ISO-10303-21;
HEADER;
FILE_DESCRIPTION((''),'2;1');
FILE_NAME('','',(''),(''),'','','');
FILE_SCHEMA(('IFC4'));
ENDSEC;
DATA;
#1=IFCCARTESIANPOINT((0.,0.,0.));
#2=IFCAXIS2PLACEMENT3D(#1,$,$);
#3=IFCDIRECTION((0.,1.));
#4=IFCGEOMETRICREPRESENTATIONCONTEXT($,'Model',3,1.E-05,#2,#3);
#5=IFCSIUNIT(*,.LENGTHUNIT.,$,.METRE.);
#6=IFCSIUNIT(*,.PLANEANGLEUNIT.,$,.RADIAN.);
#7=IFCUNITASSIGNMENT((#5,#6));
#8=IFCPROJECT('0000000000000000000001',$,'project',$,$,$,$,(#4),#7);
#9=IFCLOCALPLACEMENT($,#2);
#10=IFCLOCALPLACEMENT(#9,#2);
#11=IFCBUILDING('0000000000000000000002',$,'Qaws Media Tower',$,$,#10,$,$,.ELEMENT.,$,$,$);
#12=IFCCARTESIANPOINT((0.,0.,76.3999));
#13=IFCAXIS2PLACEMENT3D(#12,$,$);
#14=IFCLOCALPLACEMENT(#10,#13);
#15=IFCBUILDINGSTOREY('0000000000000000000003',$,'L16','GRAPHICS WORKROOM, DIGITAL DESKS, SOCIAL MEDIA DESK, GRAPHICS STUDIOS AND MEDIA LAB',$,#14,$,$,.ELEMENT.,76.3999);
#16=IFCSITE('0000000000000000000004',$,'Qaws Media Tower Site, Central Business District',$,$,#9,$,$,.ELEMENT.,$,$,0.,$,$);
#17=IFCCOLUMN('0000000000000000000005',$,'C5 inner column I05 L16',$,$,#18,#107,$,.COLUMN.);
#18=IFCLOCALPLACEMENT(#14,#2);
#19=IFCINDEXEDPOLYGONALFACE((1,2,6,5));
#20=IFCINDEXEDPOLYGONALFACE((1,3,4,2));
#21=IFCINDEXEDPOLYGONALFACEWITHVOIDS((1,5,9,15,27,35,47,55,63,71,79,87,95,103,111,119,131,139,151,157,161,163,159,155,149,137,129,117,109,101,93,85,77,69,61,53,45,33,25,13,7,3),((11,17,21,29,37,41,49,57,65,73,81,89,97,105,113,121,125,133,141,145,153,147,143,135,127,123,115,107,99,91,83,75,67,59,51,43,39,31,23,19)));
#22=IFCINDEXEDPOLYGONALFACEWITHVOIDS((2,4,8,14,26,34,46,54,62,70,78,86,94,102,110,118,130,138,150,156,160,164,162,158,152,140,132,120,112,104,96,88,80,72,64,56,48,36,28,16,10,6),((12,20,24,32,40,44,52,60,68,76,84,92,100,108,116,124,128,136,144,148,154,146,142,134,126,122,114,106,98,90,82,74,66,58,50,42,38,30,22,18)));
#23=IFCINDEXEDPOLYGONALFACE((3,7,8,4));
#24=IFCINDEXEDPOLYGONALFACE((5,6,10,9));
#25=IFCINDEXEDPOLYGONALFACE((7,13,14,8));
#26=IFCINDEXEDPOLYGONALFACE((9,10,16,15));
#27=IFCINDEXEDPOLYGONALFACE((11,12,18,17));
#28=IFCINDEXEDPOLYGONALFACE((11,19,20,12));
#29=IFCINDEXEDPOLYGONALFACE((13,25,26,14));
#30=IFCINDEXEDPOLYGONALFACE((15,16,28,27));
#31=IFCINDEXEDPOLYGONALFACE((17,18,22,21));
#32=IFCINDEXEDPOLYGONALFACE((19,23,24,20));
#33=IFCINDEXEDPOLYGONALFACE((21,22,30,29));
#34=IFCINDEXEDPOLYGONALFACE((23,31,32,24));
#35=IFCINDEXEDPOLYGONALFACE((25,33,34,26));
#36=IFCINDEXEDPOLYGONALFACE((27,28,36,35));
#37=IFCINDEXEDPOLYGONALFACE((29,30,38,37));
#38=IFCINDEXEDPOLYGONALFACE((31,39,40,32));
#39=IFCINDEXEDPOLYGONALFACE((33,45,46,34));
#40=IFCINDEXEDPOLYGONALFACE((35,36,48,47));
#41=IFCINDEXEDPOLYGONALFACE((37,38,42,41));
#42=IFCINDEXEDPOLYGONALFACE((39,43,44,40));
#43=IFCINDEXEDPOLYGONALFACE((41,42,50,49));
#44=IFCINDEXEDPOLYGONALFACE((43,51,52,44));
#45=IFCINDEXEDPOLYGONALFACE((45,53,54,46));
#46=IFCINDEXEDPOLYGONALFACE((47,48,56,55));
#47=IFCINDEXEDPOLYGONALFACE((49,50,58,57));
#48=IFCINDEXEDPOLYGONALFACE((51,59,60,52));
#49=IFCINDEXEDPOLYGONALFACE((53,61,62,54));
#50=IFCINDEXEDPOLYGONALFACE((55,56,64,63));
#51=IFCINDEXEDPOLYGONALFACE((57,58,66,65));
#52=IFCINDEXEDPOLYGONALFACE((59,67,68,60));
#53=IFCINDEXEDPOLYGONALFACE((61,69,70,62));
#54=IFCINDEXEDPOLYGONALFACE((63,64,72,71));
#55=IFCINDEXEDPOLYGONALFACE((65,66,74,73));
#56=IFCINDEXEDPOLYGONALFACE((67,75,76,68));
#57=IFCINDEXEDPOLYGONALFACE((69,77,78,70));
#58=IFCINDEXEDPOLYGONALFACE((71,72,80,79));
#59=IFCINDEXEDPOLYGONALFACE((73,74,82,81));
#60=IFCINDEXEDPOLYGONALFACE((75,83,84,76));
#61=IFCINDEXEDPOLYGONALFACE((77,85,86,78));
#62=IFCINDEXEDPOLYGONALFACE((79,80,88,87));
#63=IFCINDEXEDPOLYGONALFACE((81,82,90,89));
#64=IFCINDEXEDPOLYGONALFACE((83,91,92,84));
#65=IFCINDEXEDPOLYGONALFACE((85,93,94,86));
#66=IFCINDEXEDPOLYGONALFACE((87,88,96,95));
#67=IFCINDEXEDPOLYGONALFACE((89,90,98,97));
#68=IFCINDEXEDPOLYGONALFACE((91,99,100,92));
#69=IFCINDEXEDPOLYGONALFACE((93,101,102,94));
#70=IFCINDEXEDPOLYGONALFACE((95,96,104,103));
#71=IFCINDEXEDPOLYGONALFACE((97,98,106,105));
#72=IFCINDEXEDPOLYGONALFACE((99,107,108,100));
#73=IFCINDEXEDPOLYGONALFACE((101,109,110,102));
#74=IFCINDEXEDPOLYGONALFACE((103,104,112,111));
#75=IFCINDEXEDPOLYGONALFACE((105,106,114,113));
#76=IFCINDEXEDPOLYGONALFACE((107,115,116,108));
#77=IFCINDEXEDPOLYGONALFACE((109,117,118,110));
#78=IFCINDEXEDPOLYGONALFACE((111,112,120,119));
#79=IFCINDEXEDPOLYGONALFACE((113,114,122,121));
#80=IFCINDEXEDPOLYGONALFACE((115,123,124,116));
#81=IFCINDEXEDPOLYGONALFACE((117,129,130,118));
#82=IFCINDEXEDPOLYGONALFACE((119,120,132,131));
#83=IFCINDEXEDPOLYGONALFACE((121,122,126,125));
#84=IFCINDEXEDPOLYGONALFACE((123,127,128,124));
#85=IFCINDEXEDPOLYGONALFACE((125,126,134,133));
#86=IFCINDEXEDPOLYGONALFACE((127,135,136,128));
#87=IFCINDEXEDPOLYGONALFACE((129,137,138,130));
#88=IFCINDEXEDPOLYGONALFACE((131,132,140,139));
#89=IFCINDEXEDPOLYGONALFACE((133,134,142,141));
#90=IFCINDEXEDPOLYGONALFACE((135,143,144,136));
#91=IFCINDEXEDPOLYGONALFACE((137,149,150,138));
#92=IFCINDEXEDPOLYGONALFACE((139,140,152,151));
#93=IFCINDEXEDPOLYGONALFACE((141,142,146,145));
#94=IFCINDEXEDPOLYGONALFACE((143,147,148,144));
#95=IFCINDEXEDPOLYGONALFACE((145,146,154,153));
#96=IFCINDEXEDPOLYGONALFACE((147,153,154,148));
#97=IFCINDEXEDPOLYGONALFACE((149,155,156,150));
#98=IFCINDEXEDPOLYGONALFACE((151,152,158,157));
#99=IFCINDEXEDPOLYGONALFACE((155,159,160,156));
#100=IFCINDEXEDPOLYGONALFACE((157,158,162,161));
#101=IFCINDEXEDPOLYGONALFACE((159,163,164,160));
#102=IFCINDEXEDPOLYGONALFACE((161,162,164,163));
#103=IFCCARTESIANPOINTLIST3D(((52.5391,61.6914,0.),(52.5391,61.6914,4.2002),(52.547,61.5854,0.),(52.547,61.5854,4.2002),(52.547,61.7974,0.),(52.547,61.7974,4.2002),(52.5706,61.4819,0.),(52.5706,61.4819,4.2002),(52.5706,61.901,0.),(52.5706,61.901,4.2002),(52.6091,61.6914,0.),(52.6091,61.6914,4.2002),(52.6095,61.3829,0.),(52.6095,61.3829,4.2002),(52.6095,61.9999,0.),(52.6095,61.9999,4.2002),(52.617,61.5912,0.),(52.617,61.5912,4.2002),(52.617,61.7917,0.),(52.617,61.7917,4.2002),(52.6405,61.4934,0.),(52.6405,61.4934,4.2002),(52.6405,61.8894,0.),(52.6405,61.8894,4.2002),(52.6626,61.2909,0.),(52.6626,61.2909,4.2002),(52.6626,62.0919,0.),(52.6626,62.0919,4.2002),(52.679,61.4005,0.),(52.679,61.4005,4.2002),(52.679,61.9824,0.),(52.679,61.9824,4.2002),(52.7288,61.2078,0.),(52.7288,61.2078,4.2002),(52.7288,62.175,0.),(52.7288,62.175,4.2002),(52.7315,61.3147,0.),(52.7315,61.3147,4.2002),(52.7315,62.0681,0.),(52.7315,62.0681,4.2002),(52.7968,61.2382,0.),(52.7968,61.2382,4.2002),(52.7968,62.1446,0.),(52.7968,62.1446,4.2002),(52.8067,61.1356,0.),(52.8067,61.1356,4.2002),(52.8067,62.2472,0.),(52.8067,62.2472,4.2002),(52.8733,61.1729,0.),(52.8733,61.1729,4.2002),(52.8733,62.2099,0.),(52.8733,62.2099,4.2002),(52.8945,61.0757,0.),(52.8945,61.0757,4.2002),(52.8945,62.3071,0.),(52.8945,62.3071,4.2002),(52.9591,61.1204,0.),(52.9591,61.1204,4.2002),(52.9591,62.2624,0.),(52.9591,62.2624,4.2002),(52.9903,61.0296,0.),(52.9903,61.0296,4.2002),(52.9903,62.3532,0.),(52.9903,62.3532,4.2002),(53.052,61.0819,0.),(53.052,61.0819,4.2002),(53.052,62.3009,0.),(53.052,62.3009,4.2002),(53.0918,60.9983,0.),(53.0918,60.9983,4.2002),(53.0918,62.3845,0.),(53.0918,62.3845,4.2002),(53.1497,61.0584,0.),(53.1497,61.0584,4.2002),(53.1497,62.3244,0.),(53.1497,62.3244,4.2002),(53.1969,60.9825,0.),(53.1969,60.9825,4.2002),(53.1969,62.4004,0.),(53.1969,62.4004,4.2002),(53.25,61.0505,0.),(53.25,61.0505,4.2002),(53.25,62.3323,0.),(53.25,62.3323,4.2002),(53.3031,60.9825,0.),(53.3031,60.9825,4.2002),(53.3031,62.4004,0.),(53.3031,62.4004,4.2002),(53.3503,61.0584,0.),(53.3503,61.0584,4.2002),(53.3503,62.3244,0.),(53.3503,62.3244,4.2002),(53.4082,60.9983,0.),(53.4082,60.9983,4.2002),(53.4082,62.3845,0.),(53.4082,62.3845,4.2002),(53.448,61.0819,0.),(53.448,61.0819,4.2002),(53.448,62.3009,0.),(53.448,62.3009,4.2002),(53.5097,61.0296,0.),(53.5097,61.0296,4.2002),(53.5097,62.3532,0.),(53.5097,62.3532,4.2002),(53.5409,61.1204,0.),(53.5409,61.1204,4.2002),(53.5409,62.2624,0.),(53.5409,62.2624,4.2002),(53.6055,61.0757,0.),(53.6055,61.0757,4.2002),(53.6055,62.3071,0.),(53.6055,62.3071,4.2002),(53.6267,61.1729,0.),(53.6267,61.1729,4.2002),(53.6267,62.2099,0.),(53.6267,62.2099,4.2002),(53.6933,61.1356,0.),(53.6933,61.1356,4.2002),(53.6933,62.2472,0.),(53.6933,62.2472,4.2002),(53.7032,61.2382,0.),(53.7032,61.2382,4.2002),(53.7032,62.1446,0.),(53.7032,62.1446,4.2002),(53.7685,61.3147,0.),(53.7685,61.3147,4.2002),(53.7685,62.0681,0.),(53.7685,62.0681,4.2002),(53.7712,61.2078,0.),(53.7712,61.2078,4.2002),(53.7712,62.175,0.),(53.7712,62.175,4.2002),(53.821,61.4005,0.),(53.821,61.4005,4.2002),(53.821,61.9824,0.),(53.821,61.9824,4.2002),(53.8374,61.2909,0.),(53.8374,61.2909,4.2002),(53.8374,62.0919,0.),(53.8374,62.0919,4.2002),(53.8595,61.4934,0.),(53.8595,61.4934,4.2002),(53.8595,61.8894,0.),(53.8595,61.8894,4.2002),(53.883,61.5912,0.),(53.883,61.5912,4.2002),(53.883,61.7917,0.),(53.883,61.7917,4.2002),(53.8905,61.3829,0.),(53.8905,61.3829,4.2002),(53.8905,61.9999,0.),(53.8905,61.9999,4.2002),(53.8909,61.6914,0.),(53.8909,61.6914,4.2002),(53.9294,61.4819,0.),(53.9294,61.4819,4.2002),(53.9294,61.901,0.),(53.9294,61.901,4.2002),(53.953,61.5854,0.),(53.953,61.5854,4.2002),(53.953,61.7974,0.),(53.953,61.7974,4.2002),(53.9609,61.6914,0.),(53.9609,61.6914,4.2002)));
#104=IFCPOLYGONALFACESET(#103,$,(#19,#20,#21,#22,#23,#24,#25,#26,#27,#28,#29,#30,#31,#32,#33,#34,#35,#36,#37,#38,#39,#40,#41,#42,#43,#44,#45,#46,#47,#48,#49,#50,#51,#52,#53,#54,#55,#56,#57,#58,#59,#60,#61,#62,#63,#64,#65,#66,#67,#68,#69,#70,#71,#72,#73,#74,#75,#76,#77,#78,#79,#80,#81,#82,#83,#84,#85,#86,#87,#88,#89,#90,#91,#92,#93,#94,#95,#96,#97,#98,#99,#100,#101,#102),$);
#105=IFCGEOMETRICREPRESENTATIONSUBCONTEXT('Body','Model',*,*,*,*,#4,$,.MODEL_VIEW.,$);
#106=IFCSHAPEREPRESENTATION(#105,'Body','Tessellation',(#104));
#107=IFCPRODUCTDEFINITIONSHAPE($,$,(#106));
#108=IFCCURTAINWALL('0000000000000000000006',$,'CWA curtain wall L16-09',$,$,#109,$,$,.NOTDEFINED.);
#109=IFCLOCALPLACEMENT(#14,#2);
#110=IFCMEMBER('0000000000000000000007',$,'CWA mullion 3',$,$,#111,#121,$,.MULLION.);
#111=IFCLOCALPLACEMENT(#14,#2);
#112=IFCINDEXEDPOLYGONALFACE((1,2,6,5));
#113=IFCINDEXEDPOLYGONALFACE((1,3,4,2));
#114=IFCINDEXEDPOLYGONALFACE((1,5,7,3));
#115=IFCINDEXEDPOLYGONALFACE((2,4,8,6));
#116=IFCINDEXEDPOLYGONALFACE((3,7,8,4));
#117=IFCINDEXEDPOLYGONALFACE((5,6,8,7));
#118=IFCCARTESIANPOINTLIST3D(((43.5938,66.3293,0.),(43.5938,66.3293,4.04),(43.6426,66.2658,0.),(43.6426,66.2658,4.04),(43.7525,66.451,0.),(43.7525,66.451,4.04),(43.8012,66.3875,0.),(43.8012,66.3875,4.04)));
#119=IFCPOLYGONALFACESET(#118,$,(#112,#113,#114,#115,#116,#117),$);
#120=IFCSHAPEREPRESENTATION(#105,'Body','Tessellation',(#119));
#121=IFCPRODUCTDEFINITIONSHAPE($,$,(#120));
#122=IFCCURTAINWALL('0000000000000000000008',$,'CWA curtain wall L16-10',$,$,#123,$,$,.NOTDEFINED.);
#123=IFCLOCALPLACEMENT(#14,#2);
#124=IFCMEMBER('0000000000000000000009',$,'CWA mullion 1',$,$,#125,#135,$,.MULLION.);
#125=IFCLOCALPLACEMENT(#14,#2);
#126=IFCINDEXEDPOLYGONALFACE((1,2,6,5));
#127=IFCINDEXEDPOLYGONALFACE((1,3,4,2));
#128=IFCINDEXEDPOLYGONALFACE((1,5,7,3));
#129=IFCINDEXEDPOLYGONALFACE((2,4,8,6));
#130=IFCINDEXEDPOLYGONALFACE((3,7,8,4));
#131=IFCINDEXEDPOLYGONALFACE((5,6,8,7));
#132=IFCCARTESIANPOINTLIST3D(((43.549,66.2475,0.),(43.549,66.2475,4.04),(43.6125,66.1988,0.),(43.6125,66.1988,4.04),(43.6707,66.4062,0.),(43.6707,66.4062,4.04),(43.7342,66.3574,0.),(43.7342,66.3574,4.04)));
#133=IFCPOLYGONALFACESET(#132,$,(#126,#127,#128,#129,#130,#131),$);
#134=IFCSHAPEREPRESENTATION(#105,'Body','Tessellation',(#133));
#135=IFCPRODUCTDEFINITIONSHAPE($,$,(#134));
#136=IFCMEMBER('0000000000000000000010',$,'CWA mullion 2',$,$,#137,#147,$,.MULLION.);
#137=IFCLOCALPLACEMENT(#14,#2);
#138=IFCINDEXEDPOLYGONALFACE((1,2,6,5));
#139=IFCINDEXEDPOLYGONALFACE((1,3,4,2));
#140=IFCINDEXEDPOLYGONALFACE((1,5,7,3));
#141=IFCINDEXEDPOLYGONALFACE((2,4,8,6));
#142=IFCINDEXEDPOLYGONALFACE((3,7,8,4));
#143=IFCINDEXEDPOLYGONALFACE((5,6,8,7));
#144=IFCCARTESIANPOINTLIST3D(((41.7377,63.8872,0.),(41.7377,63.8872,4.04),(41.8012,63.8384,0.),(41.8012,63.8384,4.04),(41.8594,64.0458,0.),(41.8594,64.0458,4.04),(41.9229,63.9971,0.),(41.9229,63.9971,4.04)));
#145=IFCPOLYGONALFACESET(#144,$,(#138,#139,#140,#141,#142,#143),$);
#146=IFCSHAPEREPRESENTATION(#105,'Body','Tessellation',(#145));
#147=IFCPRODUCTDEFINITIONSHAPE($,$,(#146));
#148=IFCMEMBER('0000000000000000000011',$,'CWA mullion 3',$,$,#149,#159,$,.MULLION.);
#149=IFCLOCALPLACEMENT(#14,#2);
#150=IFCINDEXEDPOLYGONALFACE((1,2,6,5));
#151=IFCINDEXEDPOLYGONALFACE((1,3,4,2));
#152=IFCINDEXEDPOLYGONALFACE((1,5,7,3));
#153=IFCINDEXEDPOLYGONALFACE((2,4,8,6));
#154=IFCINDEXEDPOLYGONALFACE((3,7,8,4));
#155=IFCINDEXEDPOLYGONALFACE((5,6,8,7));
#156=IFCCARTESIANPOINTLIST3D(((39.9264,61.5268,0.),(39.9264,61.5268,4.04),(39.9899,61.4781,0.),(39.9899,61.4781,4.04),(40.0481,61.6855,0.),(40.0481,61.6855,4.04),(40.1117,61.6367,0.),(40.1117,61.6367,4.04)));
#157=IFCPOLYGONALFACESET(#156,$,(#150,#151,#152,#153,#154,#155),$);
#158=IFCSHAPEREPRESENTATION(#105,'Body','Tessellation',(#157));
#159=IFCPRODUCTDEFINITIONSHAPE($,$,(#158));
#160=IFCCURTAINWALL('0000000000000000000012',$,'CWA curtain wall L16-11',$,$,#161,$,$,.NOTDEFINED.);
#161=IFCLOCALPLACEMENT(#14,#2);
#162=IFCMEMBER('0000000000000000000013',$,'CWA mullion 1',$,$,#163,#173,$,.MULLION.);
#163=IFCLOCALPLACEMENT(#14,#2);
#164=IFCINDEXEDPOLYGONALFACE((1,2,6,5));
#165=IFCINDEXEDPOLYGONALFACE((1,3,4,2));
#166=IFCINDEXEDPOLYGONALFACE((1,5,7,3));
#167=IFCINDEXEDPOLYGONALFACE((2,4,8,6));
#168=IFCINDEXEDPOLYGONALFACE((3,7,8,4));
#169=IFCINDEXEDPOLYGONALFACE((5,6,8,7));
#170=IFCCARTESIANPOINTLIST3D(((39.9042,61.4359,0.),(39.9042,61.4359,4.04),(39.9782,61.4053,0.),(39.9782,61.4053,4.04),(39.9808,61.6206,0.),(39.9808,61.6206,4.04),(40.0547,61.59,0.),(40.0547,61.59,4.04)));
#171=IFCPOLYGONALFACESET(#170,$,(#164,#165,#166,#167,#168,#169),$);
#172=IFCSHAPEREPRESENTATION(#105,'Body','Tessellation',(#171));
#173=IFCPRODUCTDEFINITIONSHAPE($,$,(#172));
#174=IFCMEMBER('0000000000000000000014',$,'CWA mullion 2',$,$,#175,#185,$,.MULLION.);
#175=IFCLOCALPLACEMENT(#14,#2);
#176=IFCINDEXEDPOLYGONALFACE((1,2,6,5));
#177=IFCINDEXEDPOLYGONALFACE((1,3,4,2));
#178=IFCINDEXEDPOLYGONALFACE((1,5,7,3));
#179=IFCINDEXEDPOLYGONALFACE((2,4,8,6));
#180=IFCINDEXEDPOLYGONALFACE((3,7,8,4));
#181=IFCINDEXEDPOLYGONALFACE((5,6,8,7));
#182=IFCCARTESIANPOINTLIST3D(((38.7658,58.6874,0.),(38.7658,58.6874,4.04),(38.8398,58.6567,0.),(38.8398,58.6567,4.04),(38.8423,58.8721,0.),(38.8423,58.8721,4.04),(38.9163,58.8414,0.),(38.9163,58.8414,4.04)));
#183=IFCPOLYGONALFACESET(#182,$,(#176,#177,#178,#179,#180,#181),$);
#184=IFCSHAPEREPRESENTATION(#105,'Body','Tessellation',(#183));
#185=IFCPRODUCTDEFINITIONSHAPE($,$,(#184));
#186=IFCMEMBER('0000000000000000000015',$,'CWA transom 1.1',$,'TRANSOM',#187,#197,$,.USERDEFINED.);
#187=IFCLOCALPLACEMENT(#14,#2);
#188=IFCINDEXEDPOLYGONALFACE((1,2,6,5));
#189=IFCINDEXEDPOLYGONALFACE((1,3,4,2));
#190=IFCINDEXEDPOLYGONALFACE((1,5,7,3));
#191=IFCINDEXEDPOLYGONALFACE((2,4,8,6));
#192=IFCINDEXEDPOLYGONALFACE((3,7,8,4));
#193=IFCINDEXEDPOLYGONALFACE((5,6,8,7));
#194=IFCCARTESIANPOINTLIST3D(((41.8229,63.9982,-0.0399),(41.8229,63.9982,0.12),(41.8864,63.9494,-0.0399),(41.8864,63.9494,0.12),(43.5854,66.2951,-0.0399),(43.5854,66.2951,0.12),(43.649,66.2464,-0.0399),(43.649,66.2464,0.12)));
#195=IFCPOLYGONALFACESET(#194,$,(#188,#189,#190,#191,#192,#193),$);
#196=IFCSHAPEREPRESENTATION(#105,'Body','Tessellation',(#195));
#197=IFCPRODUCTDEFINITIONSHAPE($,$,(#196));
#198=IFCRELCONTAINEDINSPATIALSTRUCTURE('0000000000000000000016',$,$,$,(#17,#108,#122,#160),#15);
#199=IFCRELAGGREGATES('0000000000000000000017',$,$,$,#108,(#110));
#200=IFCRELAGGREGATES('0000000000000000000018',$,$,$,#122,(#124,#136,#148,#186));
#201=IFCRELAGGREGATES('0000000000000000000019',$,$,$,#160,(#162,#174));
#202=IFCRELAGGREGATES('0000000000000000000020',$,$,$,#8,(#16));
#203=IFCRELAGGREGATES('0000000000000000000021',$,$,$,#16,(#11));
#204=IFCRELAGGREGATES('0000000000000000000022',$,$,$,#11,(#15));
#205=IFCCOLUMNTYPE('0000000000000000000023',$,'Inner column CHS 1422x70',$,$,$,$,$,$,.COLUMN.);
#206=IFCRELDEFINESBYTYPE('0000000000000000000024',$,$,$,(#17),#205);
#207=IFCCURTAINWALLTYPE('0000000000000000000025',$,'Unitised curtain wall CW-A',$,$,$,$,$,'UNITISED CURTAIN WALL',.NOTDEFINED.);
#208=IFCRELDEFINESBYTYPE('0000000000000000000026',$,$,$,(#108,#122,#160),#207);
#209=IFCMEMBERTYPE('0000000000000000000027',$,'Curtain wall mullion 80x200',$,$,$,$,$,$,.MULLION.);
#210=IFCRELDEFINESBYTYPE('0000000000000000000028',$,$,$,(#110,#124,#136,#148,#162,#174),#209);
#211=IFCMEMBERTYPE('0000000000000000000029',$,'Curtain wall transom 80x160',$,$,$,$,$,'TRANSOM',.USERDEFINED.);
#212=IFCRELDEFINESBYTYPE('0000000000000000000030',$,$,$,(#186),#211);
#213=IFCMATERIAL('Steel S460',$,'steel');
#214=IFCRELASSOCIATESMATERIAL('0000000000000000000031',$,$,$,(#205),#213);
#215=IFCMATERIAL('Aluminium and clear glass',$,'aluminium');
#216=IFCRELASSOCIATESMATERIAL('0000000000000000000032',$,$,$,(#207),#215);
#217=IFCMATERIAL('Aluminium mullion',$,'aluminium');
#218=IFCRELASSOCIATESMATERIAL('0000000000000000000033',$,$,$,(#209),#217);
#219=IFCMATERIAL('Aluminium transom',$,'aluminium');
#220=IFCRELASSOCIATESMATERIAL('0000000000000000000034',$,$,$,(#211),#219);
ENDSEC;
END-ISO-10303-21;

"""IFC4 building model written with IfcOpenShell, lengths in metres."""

from ifc_helpers import new_model, si_unit, direction, frame, origin, origin_2d, place, context, subcontext, project, spatial, rectangle, hollow_circle, extrude, material, material_profile, profile_set, type_object, element, aggregate, save


model = new_model("IFC4")

# Units and contexts
model_context = context("Model", 3, precision=1e-05, world=origin(), true_north=direction((0.0, 1.0)))
body_context = subcontext(model_context, "Body", "Model", "MODEL_VIEW")
ifc_project = project(units=[si_unit("LENGTHUNIT", "METRE"), si_unit("PLANEANGLEUNIT", "RADIAN")], contexts=[model_context])

# Site, building, storey
site_placement = place(None, origin())
site = spatial("IfcSite", under=ifc_project, at=site_placement, Name="Qaws Media Tower Site, Central Business District", CompositionType="ELEMENT", RefElevation=0.0)
building_placement = place(site_placement, origin())
building = spatial("IfcBuilding", under=site, at=building_placement, Name="Qaws Media Tower", CompositionType="ELEMENT")
storey_placement = place(building_placement, frame((0.0, 0.0, 76.3999)))
storey = spatial("IfcBuildingStorey", under=building, at=storey_placement, Name="L16", Description="GRAPHICS WORKROOM, DIGITAL DESKS, SOCIAL MEDIA DESK, GRAPHICS STUDIOS AND MEDIA LAB", CompositionType="ELEMENT", Elevation=76.3999)

# Column
ifc_material_1 = material(Name="Steel S460", Category="steel")
ifc_material_profile_1 = material_profile(ifc_material_1, hollow_circle(Radius=0.7109, WallThickness=0.0701, at=origin_2d()), Name="CHS 1422x70")
ifc_profile_set_1 = profile_set([ifc_material_profile_1], Name="Steel S460")
column_type = type_object("IfcColumnType", Name="Inner column CHS 1422x70", PredefinedType="COLUMN", material=ifc_profile_set_1)
column_placement = place(storey_placement, frame((53.25, 61.6914, 0.0), z_axis=(0.0, 0.0, 1.0), x_axis=(1.0, 0.0, 0.0)))
element("IfcColumn", 1, at=column_placement, inside=storey, type_object=column_type, Name="C5 inner column I05 L16", PredefinedType="COLUMN", context=body_context, shape_type="SweptSolid", body=[
    extrude(hollow_circle(Radius=0.7109, WallThickness=0.0701, at=origin_2d()), origin(), (0.0, 0.0, 1.0), 4.2002),
])

# Curtain wall, member
ifc_material_2 = material(Name="Aluminium and clear glass", Category="aluminium")
curtain_wall_type = type_object("IfcCurtainWallType", Name="Unitised curtain wall CW-A", ElementType="UNITISED CURTAIN WALL", PredefinedType="NOTDEFINED", material=ifc_material_2)
curtain_wall_1_placement = place(storey_placement, origin())
curtain_wall_1 = element("IfcCurtainWall", 2, at=curtain_wall_1_placement, inside=storey, type_object=curtain_wall_type, Name="CWA curtain wall L16-09", PredefinedType="NOTDEFINED")
ifc_material_3 = material(Name="Aluminium mullion", Category="aluminium")
ifc_material_profile_2 = material_profile(ifc_material_3, rectangle(XDim=0.0801, YDim=0.2, at=origin_2d()), Name="80x200")
ifc_profile_set_2 = profile_set([ifc_material_profile_2], Name="Aluminium mullion")
member_type_1 = type_object("IfcMemberType", Name="Curtain wall mullion 80x200", PredefinedType="MULLION", material=ifc_profile_set_2)
member_1_placement = place(storey_placement, frame((43.6975, 66.3584, 0.0), z_axis=(0.0, 0.0, 1.0), x_axis=(0.608761, -0.793353, 0.0)))
member_1 = element("IfcMember", 3, at=member_1_placement, type_object=member_type_1, Name="CWA mullion 3", PredefinedType="MULLION", context=body_context, shape_type="SweptSolid", body=[
    extrude(rectangle(XDim=0.0801, YDim=0.2, at=origin_2d()), origin(), (0.0, 0.0, 1.0), 4.04),
])
aggregate(curtain_wall_1, [member_1])

# Curtain walls, members
curtain_wall_2_placement = place(storey_placement, origin())
curtain_wall_2 = element("IfcCurtainWall", 4, at=curtain_wall_2_placement, inside=storey, type_object=curtain_wall_type, Name="CWA curtain wall L16-10", PredefinedType="NOTDEFINED")
member_2_placement = place(storey_placement, frame((43.6416, 66.3025, 0.0), z_axis=(0.0, 0.0, 1.0), x_axis=(0.793353, -0.608761, 0.0)))
member_2 = element("IfcMember", 5, at=member_2_placement, type_object=member_type_1, Name="CWA mullion 1", PredefinedType="MULLION", context=body_context, shape_type="SweptSolid", body=[
    extrude(rectangle(XDim=0.0801, YDim=0.2, at=origin_2d()), origin(), (0.0, 0.0, 1.0), 4.04),
])
member_3_placement = place(storey_placement, frame((41.8303, 63.9421, 0.0), z_axis=(0.0, 0.0, 1.0), x_axis=(0.793353, -0.608761, 0.0)))
member_3 = element("IfcMember", 6, at=member_3_placement, type_object=member_type_1, Name="CWA mullion 2", PredefinedType="MULLION", context=body_context, shape_type="SweptSolid", body=[
    extrude(rectangle(XDim=0.0801, YDim=0.2, at=origin_2d()), origin(), (0.0, 0.0, 1.0), 4.04),
])
member_4_placement = place(storey_placement, frame((40.019, 61.5818, 0.0), z_axis=(0.0, 0.0, 1.0), x_axis=(0.793353, -0.608761, 0.0)))
member_4 = element("IfcMember", 7, at=member_4_placement, type_object=member_type_1, Name="CWA mullion 3", PredefinedType="MULLION", context=body_context, shape_type="SweptSolid", body=[
    extrude(rectangle(XDim=0.0801, YDim=0.2, at=origin_2d()), origin(), (0.0, 0.0, 1.0), 4.04),
])
curtain_wall_3_placement = place(storey_placement, origin())
curtain_wall_3 = element("IfcCurtainWall", 8, at=curtain_wall_3_placement, inside=storey, type_object=curtain_wall_type, Name="CWA curtain wall L16-11", PredefinedType="NOTDEFINED")
member_5_placement = place(storey_placement, frame((39.9795, 61.5129, 0.0), z_axis=(0.0, 0.0, 1.0), x_axis=(0.92388, -0.382683, 0.0)))
member_5 = element("IfcMember", 9, at=member_5_placement, type_object=member_type_1, Name="CWA mullion 1", PredefinedType="MULLION", context=body_context, shape_type="SweptSolid", body=[
    extrude(rectangle(XDim=0.0801, YDim=0.2, at=origin_2d()), origin(), (0.0, 0.0, 1.0), 4.04),
])
member_6_placement = place(storey_placement, frame((38.8411, 58.7644, 0.0), z_axis=(0.0, 0.0, 1.0), x_axis=(0.92388, -0.382683, 0.0)))
member_6 = element("IfcMember", 10, at=member_6_placement, type_object=member_type_1, Name="CWA mullion 2", PredefinedType="MULLION", context=body_context, shape_type="SweptSolid", body=[
    extrude(rectangle(XDim=0.0801, YDim=0.2, at=origin_2d()), origin(), (0.0, 0.0, 1.0), 4.04),
])

# Member
ifc_material_4 = material(Name="Aluminium transom", Category="aluminium")
ifc_material_profile_3 = material_profile(ifc_material_4, rectangle(XDim=0.0801, YDim=0.1599, at=origin_2d()), Name="80x160")
ifc_profile_set_3 = profile_set([ifc_material_profile_3], Name="Aluminium transom")
member_type_2 = type_object("IfcMemberType", Name="Curtain wall transom 80x160", ElementType="TRANSOM", PredefinedType="USERDEFINED", material=ifc_profile_set_3)
member_7_placement = place(storey_placement, frame((43.6172, 66.2708, 0.04), z_axis=(-0.608761, -0.793354, 0.0), x_axis=(0.793354, -0.608761, 0.0)))
member_7 = element("IfcMember", 11, at=member_7_placement, type_object=member_type_2, Name="CWA transom 1.1", ObjectType="TRANSOM", PredefinedType="USERDEFINED", context=body_context, shape_type="SweptSolid", body=[
    extrude(rectangle(XDim=0.0801, YDim=0.1599, at=origin_2d()), origin(), (0.0, 0.0, 1.0), 2.8953),
])

aggregate(curtain_wall_2, [member_2, member_3, member_4, member_7])
aggregate(curtain_wall_3, [member_5, member_6])

save(model, "model.ifc")
